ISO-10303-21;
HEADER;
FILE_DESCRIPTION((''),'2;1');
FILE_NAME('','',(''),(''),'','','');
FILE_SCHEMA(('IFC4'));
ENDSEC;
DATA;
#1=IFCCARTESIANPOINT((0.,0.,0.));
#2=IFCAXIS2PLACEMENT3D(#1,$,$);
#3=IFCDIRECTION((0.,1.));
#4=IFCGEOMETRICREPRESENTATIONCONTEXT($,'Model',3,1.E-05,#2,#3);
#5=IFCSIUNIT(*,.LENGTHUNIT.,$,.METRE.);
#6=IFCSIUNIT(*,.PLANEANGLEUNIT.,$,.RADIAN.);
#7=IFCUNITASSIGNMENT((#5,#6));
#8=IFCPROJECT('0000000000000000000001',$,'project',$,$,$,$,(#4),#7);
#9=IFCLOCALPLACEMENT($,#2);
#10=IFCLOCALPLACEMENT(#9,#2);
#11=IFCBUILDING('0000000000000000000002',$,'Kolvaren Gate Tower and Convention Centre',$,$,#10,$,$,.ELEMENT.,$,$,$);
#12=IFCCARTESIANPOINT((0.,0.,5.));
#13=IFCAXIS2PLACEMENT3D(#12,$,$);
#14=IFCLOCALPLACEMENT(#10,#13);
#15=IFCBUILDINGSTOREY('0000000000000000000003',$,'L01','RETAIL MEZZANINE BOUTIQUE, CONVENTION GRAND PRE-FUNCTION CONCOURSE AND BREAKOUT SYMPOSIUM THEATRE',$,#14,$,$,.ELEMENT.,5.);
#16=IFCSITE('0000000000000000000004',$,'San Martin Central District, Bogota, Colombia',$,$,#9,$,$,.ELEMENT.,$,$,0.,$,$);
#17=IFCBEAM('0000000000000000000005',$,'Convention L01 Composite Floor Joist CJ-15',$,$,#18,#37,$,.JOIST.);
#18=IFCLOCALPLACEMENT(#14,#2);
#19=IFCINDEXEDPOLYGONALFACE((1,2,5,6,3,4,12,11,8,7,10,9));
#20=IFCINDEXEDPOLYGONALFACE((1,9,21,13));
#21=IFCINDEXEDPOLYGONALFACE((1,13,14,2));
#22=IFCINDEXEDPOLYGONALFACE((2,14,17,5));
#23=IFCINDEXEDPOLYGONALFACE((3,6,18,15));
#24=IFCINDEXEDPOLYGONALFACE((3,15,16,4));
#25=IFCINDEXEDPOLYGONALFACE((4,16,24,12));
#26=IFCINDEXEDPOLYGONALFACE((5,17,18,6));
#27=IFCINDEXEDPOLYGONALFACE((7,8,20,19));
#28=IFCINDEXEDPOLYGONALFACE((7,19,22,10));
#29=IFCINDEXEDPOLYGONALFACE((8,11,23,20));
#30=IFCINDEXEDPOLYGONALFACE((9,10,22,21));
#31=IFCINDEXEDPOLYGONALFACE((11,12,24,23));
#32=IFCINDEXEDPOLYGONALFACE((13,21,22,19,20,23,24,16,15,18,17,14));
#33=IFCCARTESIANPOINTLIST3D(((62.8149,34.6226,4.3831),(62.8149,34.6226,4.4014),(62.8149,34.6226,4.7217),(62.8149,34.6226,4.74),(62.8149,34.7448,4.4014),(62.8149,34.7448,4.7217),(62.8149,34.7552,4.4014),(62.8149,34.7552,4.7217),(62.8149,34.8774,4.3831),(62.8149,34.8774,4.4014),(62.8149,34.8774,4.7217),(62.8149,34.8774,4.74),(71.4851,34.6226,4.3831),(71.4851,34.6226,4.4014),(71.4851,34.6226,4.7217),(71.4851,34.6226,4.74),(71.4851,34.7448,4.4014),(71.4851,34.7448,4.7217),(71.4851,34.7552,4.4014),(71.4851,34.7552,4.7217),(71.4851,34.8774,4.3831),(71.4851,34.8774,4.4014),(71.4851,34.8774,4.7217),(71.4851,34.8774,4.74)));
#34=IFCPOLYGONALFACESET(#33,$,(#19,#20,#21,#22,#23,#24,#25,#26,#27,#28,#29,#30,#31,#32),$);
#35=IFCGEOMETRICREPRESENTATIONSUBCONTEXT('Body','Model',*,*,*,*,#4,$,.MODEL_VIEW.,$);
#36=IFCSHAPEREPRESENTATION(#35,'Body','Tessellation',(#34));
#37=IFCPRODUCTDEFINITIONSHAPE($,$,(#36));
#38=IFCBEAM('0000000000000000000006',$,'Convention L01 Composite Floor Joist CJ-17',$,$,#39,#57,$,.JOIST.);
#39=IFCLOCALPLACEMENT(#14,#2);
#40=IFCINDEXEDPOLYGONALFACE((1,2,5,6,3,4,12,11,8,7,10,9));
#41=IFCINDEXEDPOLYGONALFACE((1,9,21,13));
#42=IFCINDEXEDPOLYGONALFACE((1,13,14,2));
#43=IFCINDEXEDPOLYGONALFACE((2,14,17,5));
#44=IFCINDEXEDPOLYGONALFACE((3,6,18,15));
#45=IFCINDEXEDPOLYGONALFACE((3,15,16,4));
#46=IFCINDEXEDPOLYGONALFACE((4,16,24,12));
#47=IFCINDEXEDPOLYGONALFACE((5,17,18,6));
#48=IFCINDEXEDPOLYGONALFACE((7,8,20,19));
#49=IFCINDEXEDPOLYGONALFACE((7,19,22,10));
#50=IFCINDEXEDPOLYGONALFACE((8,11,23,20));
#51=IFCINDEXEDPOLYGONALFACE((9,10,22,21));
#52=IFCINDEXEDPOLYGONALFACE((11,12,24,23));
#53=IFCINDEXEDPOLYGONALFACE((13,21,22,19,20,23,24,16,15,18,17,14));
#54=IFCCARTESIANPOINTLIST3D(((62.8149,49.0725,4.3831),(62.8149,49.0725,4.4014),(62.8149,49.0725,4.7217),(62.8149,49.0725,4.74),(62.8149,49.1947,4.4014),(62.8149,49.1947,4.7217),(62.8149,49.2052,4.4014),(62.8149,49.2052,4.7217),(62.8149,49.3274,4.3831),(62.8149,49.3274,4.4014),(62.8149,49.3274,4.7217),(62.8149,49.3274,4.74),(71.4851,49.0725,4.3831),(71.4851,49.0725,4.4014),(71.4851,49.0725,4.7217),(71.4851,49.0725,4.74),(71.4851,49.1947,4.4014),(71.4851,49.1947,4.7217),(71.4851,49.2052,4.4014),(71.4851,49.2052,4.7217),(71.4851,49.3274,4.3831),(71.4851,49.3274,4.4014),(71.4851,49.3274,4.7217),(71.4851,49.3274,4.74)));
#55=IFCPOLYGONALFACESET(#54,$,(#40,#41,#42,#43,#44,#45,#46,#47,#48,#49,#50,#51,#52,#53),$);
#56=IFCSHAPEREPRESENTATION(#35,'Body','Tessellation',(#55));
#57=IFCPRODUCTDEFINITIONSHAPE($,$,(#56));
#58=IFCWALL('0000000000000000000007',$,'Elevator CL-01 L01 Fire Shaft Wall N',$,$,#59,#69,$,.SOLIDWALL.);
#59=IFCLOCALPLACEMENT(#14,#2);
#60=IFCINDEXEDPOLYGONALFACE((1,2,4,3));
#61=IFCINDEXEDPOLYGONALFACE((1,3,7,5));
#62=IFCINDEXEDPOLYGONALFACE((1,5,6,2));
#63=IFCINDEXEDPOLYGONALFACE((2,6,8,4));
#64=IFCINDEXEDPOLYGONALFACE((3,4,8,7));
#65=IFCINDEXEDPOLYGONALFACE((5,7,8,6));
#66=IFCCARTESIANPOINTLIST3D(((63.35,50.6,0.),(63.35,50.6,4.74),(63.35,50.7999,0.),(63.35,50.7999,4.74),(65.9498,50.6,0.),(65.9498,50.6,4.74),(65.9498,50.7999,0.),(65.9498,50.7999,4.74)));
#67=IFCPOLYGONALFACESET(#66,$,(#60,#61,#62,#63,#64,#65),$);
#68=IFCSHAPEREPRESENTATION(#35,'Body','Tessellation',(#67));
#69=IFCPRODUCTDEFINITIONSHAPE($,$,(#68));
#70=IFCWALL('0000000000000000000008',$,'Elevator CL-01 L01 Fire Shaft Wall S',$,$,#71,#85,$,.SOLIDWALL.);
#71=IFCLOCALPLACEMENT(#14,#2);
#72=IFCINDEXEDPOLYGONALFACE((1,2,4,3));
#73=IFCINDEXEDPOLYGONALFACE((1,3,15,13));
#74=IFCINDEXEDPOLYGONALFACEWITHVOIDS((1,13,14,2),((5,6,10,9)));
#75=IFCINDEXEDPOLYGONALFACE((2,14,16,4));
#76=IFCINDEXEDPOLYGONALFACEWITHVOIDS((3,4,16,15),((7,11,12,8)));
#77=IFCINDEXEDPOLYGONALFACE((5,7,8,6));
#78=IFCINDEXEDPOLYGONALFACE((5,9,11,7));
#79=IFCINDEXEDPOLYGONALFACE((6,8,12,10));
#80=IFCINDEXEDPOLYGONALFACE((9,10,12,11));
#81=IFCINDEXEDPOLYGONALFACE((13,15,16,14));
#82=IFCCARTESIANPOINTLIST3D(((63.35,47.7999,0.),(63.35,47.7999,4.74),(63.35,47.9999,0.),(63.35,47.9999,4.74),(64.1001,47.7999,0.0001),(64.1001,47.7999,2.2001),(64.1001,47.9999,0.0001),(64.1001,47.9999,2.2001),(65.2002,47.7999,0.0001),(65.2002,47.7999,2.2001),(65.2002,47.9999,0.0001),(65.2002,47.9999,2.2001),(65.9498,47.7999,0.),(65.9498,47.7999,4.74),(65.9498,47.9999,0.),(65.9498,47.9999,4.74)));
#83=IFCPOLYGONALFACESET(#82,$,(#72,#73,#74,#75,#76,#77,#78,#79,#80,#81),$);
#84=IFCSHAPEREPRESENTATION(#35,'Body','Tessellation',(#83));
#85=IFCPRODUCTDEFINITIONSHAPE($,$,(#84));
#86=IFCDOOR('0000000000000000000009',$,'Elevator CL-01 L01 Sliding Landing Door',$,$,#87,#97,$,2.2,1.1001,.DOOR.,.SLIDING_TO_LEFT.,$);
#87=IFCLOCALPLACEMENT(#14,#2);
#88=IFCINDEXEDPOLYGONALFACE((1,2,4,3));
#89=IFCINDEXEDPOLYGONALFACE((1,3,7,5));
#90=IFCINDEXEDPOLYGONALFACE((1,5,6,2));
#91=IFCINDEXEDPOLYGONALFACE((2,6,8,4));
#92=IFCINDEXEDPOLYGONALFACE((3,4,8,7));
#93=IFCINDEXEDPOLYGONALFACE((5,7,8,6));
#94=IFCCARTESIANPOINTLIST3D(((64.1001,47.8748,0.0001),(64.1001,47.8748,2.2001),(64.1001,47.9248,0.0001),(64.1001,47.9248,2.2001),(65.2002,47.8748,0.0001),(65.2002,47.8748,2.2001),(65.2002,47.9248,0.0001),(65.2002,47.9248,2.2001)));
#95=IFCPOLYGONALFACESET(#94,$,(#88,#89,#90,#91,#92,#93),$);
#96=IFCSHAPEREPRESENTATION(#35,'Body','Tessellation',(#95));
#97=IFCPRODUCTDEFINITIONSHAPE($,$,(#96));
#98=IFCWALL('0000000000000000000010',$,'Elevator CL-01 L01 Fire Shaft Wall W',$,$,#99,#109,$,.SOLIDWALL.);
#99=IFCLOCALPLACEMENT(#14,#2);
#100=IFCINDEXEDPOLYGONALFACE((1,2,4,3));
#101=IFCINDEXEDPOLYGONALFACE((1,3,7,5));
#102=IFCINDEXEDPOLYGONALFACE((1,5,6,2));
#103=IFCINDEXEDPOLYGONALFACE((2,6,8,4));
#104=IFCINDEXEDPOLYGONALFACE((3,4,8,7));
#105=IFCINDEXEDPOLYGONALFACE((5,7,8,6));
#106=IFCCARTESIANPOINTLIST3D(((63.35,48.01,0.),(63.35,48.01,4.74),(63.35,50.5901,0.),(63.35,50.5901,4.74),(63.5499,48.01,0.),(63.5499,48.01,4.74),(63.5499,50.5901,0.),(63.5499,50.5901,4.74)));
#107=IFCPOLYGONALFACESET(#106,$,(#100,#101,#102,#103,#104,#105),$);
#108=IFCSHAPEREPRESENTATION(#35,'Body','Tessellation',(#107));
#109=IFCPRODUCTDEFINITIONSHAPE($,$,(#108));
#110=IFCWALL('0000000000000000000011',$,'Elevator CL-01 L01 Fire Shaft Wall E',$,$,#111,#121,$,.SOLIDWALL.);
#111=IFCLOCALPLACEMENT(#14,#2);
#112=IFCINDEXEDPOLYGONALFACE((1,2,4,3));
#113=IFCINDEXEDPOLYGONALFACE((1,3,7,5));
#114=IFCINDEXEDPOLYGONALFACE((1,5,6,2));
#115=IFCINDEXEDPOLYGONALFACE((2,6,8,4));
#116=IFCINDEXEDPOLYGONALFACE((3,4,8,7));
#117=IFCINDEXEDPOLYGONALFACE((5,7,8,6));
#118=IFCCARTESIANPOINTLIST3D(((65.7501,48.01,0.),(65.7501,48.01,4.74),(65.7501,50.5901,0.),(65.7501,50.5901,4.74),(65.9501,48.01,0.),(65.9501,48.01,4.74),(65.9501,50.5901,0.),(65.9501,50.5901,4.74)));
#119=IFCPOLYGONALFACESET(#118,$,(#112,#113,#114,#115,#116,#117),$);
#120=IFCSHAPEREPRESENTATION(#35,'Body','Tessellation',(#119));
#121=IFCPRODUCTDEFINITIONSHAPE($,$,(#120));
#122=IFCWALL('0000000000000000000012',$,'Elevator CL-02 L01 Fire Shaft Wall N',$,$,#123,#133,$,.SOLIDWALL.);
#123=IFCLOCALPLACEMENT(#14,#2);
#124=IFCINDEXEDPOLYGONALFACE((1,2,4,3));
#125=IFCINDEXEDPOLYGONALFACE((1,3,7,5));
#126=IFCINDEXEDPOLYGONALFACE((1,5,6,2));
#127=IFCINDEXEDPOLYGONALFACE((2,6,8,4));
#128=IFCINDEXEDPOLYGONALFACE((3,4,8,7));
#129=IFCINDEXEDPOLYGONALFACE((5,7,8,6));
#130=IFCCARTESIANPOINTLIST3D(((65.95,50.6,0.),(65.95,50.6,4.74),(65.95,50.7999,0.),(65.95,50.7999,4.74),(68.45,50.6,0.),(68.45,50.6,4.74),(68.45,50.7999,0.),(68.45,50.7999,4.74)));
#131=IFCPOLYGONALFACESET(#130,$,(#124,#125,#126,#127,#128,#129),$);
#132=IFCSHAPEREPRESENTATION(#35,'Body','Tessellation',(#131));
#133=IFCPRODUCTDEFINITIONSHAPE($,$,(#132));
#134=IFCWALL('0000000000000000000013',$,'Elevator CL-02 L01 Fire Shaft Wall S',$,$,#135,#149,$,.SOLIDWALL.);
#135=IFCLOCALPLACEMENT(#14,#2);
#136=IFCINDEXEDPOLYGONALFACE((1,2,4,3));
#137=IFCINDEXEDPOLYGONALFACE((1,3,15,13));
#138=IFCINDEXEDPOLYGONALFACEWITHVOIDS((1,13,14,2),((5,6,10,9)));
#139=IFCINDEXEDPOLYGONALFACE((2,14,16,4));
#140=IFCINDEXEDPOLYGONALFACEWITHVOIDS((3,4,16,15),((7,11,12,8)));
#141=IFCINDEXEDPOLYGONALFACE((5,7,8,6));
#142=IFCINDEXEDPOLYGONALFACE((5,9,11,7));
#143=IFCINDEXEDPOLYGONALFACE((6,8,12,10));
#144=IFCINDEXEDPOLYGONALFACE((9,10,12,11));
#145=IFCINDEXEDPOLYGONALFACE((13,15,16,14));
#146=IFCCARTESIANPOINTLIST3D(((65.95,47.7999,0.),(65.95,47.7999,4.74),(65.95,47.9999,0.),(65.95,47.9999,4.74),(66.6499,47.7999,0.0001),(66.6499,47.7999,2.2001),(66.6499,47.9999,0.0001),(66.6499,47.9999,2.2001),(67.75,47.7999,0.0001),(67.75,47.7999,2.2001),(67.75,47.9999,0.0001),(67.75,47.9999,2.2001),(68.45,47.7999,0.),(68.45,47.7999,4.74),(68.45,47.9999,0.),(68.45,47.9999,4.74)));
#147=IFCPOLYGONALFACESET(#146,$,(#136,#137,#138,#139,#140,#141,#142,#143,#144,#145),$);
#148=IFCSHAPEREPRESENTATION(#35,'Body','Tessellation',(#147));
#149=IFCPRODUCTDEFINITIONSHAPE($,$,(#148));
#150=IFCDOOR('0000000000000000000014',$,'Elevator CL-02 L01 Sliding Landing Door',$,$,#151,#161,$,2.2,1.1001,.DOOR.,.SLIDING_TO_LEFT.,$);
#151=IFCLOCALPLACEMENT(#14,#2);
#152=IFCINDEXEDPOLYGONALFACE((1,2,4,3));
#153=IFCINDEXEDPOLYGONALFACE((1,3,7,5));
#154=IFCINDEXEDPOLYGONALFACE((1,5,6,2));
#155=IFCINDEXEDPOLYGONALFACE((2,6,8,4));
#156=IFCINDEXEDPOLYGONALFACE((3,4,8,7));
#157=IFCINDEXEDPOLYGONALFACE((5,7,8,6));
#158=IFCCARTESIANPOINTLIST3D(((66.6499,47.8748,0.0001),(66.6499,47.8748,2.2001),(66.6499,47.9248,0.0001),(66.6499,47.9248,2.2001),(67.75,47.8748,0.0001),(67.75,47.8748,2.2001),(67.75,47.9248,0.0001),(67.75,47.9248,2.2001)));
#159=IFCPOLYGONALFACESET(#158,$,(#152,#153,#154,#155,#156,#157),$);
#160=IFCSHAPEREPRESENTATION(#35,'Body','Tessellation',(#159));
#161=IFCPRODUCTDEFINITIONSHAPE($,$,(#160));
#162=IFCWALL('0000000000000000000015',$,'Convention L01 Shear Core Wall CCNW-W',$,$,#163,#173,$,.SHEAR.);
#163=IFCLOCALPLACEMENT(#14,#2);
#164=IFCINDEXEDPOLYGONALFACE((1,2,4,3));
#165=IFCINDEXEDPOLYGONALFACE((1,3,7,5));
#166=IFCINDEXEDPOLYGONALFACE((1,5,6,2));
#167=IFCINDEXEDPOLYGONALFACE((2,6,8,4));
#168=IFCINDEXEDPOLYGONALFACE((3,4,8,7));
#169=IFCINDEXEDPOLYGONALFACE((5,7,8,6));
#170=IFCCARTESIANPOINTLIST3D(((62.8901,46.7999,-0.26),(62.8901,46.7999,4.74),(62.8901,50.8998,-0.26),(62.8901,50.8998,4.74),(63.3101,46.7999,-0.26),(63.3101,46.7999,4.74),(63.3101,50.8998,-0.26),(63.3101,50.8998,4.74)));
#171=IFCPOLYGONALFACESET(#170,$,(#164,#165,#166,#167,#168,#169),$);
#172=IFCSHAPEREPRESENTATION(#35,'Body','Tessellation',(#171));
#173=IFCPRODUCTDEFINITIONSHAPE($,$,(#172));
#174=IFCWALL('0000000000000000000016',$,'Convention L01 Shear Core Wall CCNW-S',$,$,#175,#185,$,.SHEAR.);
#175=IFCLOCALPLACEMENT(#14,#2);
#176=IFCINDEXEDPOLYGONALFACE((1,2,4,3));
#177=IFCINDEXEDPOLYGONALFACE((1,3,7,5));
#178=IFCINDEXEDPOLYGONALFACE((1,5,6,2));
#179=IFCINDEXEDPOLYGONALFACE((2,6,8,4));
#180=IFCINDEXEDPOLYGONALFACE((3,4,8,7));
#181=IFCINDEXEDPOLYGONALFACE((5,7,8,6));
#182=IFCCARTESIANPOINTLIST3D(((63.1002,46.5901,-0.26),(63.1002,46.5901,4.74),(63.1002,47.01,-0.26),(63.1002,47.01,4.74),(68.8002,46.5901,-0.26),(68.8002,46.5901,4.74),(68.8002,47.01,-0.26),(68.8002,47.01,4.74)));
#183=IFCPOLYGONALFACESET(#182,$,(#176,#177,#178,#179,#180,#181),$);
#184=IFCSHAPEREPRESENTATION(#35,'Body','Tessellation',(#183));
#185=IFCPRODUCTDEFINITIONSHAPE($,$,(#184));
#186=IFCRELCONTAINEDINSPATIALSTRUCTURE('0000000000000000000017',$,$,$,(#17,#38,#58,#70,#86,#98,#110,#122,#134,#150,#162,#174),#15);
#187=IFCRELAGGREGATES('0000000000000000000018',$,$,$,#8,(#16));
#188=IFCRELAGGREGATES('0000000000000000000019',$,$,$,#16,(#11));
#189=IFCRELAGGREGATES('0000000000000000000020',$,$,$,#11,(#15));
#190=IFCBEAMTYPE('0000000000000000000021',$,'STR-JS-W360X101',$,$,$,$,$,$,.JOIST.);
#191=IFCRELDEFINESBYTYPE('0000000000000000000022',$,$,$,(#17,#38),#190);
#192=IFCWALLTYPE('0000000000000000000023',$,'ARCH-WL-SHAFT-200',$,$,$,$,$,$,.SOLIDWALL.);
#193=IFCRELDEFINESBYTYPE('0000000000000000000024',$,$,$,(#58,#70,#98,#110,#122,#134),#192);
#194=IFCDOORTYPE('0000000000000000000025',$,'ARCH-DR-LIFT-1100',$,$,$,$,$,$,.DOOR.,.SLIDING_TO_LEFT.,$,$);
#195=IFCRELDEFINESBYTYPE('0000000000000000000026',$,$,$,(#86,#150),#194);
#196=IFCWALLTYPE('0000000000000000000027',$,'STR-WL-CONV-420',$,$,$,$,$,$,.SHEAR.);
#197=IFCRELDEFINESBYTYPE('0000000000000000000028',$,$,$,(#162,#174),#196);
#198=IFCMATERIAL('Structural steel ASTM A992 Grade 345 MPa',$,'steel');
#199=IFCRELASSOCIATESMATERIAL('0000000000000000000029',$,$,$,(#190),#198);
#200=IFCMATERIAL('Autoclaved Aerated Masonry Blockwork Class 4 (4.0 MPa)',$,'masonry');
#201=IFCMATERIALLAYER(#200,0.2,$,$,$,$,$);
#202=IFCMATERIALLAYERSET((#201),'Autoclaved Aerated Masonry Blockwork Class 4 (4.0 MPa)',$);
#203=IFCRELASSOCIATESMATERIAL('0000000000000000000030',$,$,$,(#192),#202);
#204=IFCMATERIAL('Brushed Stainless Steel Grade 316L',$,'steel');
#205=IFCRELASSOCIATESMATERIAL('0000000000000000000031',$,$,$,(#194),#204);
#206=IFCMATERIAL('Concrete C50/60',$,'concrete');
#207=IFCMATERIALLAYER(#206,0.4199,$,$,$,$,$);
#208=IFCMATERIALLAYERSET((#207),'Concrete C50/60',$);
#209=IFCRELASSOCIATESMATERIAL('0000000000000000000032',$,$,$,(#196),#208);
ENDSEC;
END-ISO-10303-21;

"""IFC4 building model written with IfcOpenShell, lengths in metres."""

from ifc_helpers import new_model, si_unit, direction, frame, frame_2d, origin, origin_2d, place, context, subcontext, project, spatial, rectangle, i_section, extrude, material, layer, layer_set, material_profile, profile_set, type_object, element, fill, save


model = new_model("IFC4")

# Units and contexts
model_context = context("Model", 3, precision=1e-05, world=origin(), true_north=direction((0.0, 1.0)))
body_context = subcontext(model_context, "Body", "Model", "MODEL_VIEW")
ifc_project = project(units=[si_unit("LENGTHUNIT", "METRE"), si_unit("PLANEANGLEUNIT", "RADIAN")], contexts=[model_context])

# Site, building, storey
site_placement = place(None, origin())
site = spatial("IfcSite", under=ifc_project, at=site_placement, Name="San Martin Central District, Bogota, Colombia", CompositionType="ELEMENT", RefElevation=0.0)
building_placement = place(site_placement, origin())
building = spatial("IfcBuilding", under=site, at=building_placement, Name="Kolvaren Gate Tower and Convention Centre", CompositionType="ELEMENT")
storey_placement = place(building_placement, frame((0.0, 0.0, 5.0)))
storey = spatial("IfcBuildingStorey", under=building, at=storey_placement, Name="L01", Description="RETAIL MEZZANINE BOUTIQUE, CONVENTION GRAND PRE-FUNCTION CONCOURSE AND BREAKOUT SYMPOSIUM THEATRE", CompositionType="ELEMENT", Elevation=5.0)

# Beams
ifc_material_1 = material(Name="Structural steel ASTM A992 Grade 345 MPa", Category="steel")
ifc_material_profile = material_profile(ifc_material_1, i_section(OverallWidth=0.2549, OverallDepth=0.3569, WebThickness=0.0105, FlangeThickness=0.0183, at=origin_2d()), Name="W360X101")
ifc_profile_set = profile_set([ifc_material_profile], Name="Structural steel ASTM A992 Grade 345 MPa")
beam_type = type_object("IfcBeamType", Name="STR-JS-W360X101", PredefinedType="JOIST", material=ifc_profile_set)
for number, where, z_axis, x_axis, name in (
    (1, (62.8149, 34.75, 4.5615), (1.0, 0.0, 0.0), (0.0, 1.0, 0.0), "Convention L01 Composite Floor Joist CJ-15"),
    (2, (62.8149, 49.2, 4.5615), (1.0, 0.0, 0.0), (0.0, 1.0, 0.0), "Convention L01 Composite Floor Joist CJ-17"),
):
    element("IfcBeam", number, at=place(storey_placement, frame(where, z_axis=z_axis, x_axis=x_axis)), inside=storey, type_object=beam_type, Name=name, PredefinedType="JOIST", context=body_context, shape_type="SweptSolid", body=[
        extrude(i_section(OverallWidth=0.2549, OverallDepth=0.3569, WebThickness=0.0105, FlangeThickness=0.0183, at=origin_2d()), origin(), (0.0, 0.0, 1.0), 8.6702),
    ])

# Wall
ifc_material_2 = material(Name="Autoclaved Aerated Masonry Blockwork Class 4 (4.0 MPa)", Category="masonry")
ifc_layer_1 = layer(ifc_material_2, 0.2)
ifc_layer_set_1 = layer_set([ifc_layer_1], Name="Autoclaved Aerated Masonry Blockwork Class 4 (4.0 MPa)")
wall_type_1 = type_object("IfcWallType", Name="ARCH-WL-SHAFT-200", PredefinedType="SOLIDWALL", material=ifc_layer_set_1)
wall_1_placement = place(storey_placement, frame((63.3501, 50.7, 0.0), z_axis=(0.0, 0.0, 1.0), x_axis=(1.0, 0.0, 0.0)))
element("IfcWall", 3, at=wall_1_placement, inside=storey, type_object=wall_type_1, Name="Elevator CL-01 L01 Fire Shaft Wall N", PredefinedType="SOLIDWALL", context=body_context, shape_type="SweptSolid", body=[
    extrude(rectangle(XDim=2.5999, YDim=0.2, at=frame_2d((1.2998, 0.0))), origin(), (0.0, 0.0, 1.0), 4.74),
])

# Wall, opening, door
wall_2_placement = place(storey_placement, frame((63.3501, 47.8999, 0.0), z_axis=(0.0, 0.0, 1.0), x_axis=(1.0, 0.0, 0.0)))
wall_2 = element("IfcWall", 4, at=wall_2_placement, inside=storey, type_object=wall_type_1, Name="Elevator CL-01 L01 Fire Shaft Wall S", PredefinedType="SOLIDWALL", context=body_context, shape_type="SweptSolid", body=[
    extrude(rectangle(XDim=2.5999, YDim=0.2, at=frame_2d((1.2998, 0.0))), origin(), (0.0, 0.0, 1.0), 4.74),
])
opening_1_placement = place(wall_2_placement, frame((0.75, 0.0, 0.0)))
opening_1 = element("IfcOpeningElement", 5, at=opening_1_placement, cuts=wall_2, PredefinedType="OPENING", context=body_context, shape_type="SweptSolid", body=[
    extrude(rectangle(XDim=1.1001, YDim=2.2, at=frame_2d((0.55, 1.1001))), frame((0.0, 0.1099, 0.0), z_axis=(0.0, -1.0, 0.0), x_axis=(1.0, 0.0, 0.0)), (0.0, 0.0, 1.0), 0.22),
])
ifc_material_3 = material(Name="Brushed Stainless Steel Grade 316L", Category="steel")
door_type_1 = type_object("IfcDoorType", Name="ARCH-DR-LIFT-1100", OperationType="SLIDING_TO_LEFT", PredefinedType="DOOR", material=ifc_material_3)
door_1_placement = place(opening_1_placement, origin())
door_1 = element("IfcDoor", 6, at=door_1_placement, inside=storey, type_object=door_type_1, Name="Elevator CL-01 L01 Sliding Landing Door", OperationType="SLIDING_TO_LEFT", OverallHeight=2.2, OverallWidth=1.1001, PredefinedType="DOOR", context=body_context, shape_type="SweptSolid", body=[
    extrude(rectangle(XDim=1.1001, YDim=2.2, at=frame_2d((0.55, 1.1001))), frame((0.0, 0.0249, 0.0), z_axis=(0.0, -1.0, 0.0), x_axis=(1.0, 0.0, 0.0)), (0.0, 0.0, 1.0), 0.05),
])
fill(opening_1, door_1)

# Walls
for number, where, z_axis, x_axis, name in (
    (7, (63.45, 48.01, 0.0), (0.0, 0.0, 1.0), (0.0, 1.0, 0.0), "Elevator CL-01 L01 Fire Shaft Wall W"),
    (8, (65.8501, 48.01, 0.0), (0.0, 0.0, 1.0), (0.0, 1.0, 0.0), "Elevator CL-01 L01 Fire Shaft Wall E"),
):
    element("IfcWall", number, at=place(storey_placement, frame(where, z_axis=z_axis, x_axis=x_axis)), inside=storey, type_object=wall_type_1, Name=name, PredefinedType="SOLIDWALL", context=body_context, shape_type="SweptSolid", body=[
        extrude(rectangle(XDim=2.5801, YDim=0.2, at=frame_2d((1.29, 0.0))), origin(), (0.0, 0.0, 1.0), 4.74),
    ])
wall_3_placement = place(storey_placement, frame((65.95, 50.7, 0.0), z_axis=(0.0, 0.0, 1.0), x_axis=(1.0, 0.0, 0.0)))
element("IfcWall", 9, at=wall_3_placement, inside=storey, type_object=wall_type_1, Name="Elevator CL-02 L01 Fire Shaft Wall N", PredefinedType="SOLIDWALL", context=body_context, shape_type="SweptSolid", body=[
    extrude(rectangle(XDim=2.5, YDim=0.2, at=frame_2d((1.25, 0.0))), origin(), (0.0, 0.0, 1.0), 4.74),
])

# Wall, opening, door
wall_4_placement = place(storey_placement, frame((65.95, 47.8999, 0.0), z_axis=(0.0, 0.0, 1.0), x_axis=(1.0, 0.0, 0.0)))
wall_4 = element("IfcWall", 10, at=wall_4_placement, inside=storey, type_object=wall_type_1, Name="Elevator CL-02 L01 Fire Shaft Wall S", PredefinedType="SOLIDWALL", context=body_context, shape_type="SweptSolid", body=[
    extrude(rectangle(XDim=2.5, YDim=0.2, at=frame_2d((1.25, 0.0))), origin(), (0.0, 0.0, 1.0), 4.74),
])
opening_2_placement = place(wall_4_placement, frame((0.7, 0.0, 0.0)))
opening_2 = element("IfcOpeningElement", 11, at=opening_2_placement, cuts=wall_4, PredefinedType="OPENING", context=body_context, shape_type="SweptSolid", body=[
    extrude(rectangle(XDim=1.1001, YDim=2.2, at=frame_2d((0.55, 1.1001))), frame((0.0, 0.1099, 0.0), z_axis=(0.0, -1.0, 0.0), x_axis=(1.0, 0.0, 0.0)), (0.0, 0.0, 1.0), 0.22),
])
door_2_placement = place(opening_2_placement, origin())
door_2 = element("IfcDoor", 12, at=door_2_placement, inside=storey, type_object=door_type_1, Name="Elevator CL-02 L01 Sliding Landing Door", OperationType="SLIDING_TO_LEFT", OverallHeight=2.2, OverallWidth=1.1001, PredefinedType="DOOR", context=body_context, shape_type="SweptSolid", body=[
    extrude(rectangle(XDim=1.1001, YDim=2.2, at=frame_2d((0.55, 1.1001))), frame((0.0, 0.0249, 0.0), z_axis=(0.0, -1.0, 0.0), x_axis=(1.0, 0.0, 0.0)), (0.0, 0.0, 1.0), 0.05),
])
fill(opening_2, door_2)

# Walls
ifc_material_4 = material(Name="Concrete C50/60", Category="concrete")
ifc_layer_2 = layer(ifc_material_4, 0.4199)
ifc_layer_set_2 = layer_set([ifc_layer_2], Name="Concrete C50/60")
wall_type_2 = type_object("IfcWallType", Name="STR-WL-CONV-420", PredefinedType="SHEAR", material=ifc_layer_set_2)
wall_5_placement = place(storey_placement, frame((63.1001, 46.8, -0.26), z_axis=(0.0, 0.0, 1.0), x_axis=(0.0, 1.0, 0.0)))
element("IfcWall", 13, at=wall_5_placement, inside=storey, type_object=wall_type_2, Name="Convention L01 Shear Core Wall CCNW-W", PredefinedType="SHEAR", context=body_context, shape_type="SweptSolid", body=[
    extrude(rectangle(XDim=4.0999, YDim=0.4199, at=frame_2d((2.0498, 0.0))), origin(), (0.0, 0.0, 1.0), 5.0),
])
wall_6_placement = place(storey_placement, frame((63.1001, 46.8, -0.26), z_axis=(0.0, 0.0, 1.0), x_axis=(1.0, 0.0, 0.0)))
element("IfcWall", 14, at=wall_6_placement, inside=storey, type_object=wall_type_2, Name="Convention L01 Shear Core Wall CCNW-S", PredefinedType="SHEAR", context=body_context, shape_type="SweptSolid", body=[
    extrude(rectangle(XDim=5.7, YDim=0.4199, at=frame_2d((2.8501, 0.0))), origin(), (0.0, 0.0, 1.0), 5.0),
])

save(model, "model.ifc")
